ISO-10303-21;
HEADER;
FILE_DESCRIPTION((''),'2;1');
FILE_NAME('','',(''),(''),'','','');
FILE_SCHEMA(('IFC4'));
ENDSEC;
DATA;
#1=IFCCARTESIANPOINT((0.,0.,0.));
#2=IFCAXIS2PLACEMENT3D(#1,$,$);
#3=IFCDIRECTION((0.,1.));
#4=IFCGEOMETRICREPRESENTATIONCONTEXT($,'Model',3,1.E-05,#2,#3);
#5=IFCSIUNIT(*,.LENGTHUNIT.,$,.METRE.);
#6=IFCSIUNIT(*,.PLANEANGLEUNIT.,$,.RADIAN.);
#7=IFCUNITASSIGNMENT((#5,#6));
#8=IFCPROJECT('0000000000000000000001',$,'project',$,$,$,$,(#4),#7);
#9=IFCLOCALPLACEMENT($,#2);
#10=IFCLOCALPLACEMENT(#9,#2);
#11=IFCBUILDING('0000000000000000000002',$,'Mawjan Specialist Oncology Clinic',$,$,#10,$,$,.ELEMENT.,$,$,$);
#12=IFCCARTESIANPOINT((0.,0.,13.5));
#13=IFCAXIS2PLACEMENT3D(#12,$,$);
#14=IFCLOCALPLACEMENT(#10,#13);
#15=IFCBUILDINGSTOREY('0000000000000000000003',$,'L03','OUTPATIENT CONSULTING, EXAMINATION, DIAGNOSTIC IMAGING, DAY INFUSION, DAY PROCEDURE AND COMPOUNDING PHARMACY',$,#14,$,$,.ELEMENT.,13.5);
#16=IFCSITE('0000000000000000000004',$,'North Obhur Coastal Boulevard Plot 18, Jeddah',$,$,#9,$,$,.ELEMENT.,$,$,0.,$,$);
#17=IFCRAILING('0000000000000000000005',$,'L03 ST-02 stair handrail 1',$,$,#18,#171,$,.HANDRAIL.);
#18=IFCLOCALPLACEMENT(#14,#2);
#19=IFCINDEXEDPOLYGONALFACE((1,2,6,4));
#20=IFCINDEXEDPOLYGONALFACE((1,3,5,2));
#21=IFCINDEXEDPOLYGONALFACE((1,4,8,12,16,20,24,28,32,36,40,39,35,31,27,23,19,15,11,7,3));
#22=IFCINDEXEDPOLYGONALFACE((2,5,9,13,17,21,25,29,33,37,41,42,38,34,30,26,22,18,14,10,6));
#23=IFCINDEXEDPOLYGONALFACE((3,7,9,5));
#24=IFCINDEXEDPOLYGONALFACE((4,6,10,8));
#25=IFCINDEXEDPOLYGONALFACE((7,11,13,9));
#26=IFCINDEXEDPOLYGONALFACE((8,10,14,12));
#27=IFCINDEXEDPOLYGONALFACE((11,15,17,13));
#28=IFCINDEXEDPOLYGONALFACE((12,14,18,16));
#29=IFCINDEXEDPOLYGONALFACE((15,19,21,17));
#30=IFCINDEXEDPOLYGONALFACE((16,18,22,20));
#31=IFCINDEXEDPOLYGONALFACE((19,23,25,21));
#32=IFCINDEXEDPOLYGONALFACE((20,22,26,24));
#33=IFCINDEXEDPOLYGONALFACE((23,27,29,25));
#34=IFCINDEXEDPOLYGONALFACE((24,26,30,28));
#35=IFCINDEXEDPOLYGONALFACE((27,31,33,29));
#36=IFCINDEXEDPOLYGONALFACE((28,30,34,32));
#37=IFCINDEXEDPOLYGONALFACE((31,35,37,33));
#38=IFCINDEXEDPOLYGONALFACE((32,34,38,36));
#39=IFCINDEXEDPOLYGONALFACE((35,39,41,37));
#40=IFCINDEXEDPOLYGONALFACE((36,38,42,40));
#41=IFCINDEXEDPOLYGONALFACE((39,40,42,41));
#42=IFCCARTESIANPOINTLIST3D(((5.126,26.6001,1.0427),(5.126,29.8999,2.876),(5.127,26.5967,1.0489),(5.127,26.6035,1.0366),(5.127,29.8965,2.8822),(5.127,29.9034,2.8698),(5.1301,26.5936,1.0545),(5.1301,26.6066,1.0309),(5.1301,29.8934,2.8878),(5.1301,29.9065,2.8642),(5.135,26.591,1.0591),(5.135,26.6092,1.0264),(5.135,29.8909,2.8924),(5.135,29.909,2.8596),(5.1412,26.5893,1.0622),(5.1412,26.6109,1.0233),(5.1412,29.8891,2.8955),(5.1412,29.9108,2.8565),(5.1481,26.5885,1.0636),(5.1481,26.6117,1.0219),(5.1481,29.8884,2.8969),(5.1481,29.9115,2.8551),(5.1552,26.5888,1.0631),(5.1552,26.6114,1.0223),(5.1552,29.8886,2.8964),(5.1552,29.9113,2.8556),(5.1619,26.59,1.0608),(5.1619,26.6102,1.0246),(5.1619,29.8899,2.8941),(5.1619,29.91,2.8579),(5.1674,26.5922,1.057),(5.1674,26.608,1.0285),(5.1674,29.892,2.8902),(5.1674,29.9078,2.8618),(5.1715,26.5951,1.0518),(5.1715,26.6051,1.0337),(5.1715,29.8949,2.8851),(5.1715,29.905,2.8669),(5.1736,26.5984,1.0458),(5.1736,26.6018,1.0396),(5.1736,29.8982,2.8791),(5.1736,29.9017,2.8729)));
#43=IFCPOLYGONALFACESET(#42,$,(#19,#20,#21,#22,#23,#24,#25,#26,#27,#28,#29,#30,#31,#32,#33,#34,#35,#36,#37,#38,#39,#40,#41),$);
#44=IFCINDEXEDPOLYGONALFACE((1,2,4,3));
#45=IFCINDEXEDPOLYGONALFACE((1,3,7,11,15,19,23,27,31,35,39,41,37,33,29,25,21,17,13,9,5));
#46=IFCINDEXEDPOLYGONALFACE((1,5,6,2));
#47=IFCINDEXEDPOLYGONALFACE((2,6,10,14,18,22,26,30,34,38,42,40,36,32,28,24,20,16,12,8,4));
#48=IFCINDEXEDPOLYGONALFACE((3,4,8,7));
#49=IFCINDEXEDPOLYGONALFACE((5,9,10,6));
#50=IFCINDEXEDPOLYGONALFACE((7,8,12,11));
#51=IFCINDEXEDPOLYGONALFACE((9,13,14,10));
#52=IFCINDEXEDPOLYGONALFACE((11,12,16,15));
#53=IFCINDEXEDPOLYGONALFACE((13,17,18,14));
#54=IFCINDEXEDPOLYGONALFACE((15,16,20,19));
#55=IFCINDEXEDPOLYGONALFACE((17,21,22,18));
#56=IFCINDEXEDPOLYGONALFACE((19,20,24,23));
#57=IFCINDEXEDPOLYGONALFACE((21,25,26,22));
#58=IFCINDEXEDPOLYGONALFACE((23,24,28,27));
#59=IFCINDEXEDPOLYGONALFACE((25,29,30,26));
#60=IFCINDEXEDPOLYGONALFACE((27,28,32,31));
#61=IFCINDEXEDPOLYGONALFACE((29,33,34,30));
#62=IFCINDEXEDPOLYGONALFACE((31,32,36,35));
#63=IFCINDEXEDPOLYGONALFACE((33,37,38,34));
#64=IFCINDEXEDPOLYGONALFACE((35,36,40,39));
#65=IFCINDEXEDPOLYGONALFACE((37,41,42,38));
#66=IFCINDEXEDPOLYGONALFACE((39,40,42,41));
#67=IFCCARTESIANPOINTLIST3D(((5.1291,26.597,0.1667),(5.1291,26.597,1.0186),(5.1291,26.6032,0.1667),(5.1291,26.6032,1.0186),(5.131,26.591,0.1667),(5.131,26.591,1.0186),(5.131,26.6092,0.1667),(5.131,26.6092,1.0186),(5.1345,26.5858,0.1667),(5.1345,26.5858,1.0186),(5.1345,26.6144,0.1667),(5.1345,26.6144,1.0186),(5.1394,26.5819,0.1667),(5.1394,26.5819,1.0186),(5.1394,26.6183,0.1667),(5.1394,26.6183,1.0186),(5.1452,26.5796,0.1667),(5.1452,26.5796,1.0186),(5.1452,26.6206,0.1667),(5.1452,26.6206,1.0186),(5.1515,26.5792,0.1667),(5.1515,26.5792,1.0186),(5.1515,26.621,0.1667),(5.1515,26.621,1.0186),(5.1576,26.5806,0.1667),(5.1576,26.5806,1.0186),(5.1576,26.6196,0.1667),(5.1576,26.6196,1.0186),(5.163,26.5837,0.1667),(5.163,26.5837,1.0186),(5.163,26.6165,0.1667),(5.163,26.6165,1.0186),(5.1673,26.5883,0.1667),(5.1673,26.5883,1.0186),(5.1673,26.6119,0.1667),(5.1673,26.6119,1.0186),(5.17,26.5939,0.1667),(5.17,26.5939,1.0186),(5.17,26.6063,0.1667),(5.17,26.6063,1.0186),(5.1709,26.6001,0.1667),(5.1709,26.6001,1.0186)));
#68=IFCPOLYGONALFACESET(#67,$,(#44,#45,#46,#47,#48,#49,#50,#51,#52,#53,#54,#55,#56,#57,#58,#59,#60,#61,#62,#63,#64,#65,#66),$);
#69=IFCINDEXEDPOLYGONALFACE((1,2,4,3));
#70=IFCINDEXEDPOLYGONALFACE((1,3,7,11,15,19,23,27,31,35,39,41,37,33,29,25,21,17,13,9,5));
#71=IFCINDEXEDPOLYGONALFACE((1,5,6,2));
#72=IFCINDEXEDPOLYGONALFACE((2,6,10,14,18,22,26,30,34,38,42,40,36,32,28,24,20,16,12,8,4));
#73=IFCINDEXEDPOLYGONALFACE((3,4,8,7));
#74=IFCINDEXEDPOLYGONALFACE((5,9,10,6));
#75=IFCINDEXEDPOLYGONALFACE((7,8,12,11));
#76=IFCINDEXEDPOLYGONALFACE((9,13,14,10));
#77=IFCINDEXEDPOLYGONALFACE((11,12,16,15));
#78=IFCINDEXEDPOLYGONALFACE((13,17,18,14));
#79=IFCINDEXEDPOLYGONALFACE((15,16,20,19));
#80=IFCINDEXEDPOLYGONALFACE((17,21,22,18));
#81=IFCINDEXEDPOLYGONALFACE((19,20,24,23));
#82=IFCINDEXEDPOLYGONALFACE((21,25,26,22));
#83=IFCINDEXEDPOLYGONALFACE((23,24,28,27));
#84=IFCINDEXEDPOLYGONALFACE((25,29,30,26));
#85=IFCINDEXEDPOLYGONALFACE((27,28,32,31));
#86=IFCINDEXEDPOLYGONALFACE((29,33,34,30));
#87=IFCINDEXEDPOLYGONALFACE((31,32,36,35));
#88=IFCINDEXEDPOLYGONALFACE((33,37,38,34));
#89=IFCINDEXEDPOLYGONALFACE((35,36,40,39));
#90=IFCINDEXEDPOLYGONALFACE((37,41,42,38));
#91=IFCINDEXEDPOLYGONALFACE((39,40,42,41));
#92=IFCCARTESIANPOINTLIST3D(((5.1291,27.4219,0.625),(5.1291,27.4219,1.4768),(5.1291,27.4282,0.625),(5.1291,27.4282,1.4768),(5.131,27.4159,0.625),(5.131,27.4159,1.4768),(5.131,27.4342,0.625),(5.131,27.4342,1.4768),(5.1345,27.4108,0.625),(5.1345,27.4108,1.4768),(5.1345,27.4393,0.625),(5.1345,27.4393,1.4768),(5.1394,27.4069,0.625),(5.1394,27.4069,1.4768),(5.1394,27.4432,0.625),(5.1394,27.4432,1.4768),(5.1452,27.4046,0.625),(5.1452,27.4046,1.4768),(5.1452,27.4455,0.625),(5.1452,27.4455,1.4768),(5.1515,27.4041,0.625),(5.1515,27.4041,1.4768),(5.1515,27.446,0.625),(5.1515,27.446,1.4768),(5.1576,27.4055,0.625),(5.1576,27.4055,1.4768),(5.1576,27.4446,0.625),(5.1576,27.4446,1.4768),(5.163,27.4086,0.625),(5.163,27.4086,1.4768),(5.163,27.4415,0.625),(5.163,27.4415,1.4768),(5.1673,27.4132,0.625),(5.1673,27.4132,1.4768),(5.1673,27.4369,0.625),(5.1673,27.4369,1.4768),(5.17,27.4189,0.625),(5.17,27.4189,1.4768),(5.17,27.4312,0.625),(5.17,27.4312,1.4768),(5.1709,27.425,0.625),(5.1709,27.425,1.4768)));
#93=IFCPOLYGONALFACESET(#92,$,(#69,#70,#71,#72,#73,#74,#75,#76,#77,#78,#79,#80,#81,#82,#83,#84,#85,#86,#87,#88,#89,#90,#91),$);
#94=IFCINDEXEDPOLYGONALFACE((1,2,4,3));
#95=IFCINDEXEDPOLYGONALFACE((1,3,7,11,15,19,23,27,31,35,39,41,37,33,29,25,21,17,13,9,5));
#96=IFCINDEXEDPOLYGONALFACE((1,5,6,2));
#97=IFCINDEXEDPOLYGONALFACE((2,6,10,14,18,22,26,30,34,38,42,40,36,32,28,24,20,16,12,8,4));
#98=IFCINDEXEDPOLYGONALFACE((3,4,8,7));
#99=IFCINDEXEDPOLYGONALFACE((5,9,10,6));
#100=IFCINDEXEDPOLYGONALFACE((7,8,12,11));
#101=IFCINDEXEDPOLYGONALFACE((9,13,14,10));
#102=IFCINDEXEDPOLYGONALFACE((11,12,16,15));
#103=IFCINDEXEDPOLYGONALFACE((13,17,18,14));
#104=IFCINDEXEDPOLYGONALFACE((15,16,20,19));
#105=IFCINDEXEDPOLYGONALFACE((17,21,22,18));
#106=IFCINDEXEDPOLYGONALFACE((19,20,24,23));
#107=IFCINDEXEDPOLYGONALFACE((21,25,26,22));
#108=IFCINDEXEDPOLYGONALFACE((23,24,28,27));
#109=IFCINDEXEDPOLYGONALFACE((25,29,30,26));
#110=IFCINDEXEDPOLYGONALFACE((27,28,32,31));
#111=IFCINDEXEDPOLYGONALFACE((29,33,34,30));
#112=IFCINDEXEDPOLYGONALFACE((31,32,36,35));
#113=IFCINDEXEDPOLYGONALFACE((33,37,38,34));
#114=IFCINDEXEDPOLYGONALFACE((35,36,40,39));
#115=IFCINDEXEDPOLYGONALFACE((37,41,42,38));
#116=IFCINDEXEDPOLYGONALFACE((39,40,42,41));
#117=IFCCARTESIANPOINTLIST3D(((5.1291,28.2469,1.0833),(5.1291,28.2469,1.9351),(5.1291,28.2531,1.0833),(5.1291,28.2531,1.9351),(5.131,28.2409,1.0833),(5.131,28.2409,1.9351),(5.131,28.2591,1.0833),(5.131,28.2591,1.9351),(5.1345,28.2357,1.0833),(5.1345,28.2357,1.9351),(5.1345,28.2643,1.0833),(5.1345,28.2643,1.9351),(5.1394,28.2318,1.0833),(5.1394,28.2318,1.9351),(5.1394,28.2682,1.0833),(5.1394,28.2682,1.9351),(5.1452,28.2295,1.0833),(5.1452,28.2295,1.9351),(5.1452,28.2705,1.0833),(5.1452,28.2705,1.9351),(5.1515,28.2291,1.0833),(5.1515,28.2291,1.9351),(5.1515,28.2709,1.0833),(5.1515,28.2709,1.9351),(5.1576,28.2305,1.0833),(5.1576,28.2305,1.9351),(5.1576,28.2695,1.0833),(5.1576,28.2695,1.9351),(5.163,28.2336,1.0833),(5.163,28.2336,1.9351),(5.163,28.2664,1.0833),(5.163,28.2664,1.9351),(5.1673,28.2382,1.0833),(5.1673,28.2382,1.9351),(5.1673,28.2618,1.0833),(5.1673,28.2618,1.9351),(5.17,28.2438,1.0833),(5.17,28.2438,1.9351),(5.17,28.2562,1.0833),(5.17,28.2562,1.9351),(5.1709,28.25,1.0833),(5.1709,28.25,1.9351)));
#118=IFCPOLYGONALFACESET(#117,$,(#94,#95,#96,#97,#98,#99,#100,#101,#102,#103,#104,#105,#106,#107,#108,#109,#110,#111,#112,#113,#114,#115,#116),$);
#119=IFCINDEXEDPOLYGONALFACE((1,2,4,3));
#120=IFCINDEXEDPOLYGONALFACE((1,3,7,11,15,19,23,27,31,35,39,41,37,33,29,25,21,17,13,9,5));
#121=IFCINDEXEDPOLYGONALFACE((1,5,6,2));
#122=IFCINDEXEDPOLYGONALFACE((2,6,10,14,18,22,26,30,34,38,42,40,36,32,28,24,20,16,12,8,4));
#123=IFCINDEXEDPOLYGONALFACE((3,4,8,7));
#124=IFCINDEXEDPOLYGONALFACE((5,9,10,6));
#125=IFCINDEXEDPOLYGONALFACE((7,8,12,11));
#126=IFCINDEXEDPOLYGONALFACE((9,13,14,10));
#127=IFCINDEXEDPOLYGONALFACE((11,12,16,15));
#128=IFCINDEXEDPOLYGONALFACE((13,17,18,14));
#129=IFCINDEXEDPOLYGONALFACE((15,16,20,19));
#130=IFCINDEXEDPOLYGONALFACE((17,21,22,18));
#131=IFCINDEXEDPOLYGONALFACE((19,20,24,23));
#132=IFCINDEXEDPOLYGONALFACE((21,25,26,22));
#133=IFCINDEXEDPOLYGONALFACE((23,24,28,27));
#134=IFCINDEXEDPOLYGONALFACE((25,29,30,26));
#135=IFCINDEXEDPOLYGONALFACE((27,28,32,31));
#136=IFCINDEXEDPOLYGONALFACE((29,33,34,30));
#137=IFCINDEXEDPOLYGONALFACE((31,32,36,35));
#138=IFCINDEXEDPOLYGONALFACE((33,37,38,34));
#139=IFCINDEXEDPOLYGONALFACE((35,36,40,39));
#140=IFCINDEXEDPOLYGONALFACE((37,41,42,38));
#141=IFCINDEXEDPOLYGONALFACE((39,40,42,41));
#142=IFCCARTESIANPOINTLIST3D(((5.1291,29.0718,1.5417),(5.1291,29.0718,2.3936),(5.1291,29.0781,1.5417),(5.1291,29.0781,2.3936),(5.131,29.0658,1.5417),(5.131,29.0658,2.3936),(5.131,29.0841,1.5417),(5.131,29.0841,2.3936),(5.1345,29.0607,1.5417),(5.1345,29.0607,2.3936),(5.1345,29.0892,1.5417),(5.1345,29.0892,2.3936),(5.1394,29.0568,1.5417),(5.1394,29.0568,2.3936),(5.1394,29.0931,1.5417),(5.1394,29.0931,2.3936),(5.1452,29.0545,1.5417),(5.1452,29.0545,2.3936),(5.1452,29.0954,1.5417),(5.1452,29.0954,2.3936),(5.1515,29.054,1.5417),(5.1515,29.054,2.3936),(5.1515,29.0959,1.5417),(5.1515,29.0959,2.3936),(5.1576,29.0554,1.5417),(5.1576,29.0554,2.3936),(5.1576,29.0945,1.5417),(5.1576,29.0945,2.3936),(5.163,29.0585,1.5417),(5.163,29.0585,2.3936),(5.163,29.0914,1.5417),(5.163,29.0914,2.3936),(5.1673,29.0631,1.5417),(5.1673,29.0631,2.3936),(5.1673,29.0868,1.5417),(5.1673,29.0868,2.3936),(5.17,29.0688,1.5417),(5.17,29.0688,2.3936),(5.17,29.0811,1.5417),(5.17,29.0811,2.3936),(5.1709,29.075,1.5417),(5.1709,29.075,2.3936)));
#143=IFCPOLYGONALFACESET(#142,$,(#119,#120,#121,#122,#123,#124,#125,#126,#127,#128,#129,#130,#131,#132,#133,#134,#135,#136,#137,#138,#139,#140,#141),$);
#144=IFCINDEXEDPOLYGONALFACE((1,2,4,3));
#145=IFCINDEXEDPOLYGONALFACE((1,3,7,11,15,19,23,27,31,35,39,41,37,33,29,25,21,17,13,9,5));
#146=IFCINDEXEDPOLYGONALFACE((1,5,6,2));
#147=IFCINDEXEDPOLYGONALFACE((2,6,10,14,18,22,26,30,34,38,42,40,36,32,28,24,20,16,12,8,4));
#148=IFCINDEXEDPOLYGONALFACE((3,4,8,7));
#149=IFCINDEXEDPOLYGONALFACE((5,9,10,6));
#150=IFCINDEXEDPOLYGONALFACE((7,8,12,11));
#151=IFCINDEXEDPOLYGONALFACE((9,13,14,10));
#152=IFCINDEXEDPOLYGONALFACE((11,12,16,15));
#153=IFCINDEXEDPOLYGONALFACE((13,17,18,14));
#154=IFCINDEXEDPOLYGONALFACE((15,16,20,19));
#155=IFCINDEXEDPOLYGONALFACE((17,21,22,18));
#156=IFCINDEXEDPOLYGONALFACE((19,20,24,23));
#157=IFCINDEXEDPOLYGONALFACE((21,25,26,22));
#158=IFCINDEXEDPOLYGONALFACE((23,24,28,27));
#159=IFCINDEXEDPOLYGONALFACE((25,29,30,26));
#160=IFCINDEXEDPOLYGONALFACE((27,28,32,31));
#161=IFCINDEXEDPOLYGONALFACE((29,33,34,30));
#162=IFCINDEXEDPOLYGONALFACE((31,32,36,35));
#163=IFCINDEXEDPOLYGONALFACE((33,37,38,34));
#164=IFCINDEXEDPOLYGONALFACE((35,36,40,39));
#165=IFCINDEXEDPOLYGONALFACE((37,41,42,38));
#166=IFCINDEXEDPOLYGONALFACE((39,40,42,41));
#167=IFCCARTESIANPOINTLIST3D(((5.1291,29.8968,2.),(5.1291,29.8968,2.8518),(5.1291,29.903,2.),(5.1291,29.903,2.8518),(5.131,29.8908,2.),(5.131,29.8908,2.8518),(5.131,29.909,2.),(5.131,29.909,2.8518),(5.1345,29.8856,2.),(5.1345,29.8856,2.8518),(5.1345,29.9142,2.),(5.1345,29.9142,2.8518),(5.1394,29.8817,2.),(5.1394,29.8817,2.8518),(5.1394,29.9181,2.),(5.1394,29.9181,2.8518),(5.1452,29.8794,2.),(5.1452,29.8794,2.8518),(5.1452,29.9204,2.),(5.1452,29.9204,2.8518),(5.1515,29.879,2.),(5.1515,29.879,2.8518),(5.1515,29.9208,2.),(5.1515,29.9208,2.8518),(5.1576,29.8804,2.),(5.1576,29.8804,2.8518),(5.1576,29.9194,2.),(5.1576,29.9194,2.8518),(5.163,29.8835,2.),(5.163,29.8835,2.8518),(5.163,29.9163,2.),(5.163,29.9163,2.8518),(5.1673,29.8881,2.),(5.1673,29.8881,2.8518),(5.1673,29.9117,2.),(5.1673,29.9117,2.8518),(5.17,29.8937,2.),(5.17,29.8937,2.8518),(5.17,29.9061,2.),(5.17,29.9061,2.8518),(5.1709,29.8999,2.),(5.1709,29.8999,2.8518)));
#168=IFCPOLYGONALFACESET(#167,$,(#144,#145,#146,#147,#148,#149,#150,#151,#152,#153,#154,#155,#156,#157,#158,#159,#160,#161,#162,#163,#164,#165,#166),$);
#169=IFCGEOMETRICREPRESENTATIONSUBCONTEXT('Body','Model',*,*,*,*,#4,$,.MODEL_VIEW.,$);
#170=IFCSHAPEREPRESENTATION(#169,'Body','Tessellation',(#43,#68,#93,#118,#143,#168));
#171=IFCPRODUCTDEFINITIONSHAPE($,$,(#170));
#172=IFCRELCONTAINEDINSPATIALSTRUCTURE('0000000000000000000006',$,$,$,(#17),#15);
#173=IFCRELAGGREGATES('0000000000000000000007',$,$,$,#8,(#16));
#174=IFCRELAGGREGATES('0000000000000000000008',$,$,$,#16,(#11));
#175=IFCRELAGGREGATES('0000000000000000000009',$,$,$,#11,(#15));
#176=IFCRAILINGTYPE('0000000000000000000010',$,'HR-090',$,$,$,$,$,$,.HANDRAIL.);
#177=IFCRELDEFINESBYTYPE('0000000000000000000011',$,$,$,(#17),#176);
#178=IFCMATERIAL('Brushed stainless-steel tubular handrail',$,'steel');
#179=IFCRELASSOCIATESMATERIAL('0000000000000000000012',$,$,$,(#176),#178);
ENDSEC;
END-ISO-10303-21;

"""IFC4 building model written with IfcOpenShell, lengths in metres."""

from ifc_helpers import new_model, si_unit, direction, frame, origin, origin_2d, place, context, subcontext, project, spatial, circle, extrude, material, type_object, element, save


model = new_model("IFC4")

# Units and contexts
model_context = context("Model", 3, precision=1e-05, world=origin(), true_north=direction((0.0, 1.0)))
body_context = subcontext(model_context, "Body", "Model", "MODEL_VIEW")
ifc_project = project(units=[si_unit("LENGTHUNIT", "METRE"), si_unit("PLANEANGLEUNIT", "RADIAN")], contexts=[model_context])

# Site, building, storey
site_placement = place(None, origin())
site = spatial("IfcSite", under=ifc_project, at=site_placement, Name="North Obhur Coastal Boulevard Plot 18, Jeddah", CompositionType="ELEMENT", RefElevation=0.0)
building_placement = place(site_placement, origin())
building = spatial("IfcBuilding", under=site, at=building_placement, Name="Mawjan Specialist Oncology Clinic", CompositionType="ELEMENT")
storey_placement = place(building_placement, frame((0.0, 0.0, 13.5)))
storey = spatial("IfcBuildingStorey", under=building, at=storey_placement, Name="L03", Description="OUTPATIENT CONSULTING, EXAMINATION, DIAGNOSTIC IMAGING, DAY INFUSION, DAY PROCEDURE AND COMPOUNDING PHARMACY", CompositionType="ELEMENT", Elevation=13.5)

# Railing
ifc_material_1 = material(Name="Brushed stainless-steel tubular handrail", Category="steel")
railing_type_1 = type_object("IfcRailingType", Name="HR-090", PredefinedType="HANDRAIL", material=ifc_material_1)
railing_1_placement = place(storey_placement, frame((5.1499, 26.6001, 0.1667)))
element("IfcRailing", 1, at=railing_1_placement, inside=storey, type_object=railing_type_1, Name="L03 ST-02 stair handrail 1", PredefinedType="HANDRAIL", context=body_context, shape_type="SweptSolid", body=[
    extrude(circle(Radius=0.0239, at=origin_2d()), frame((0.0, 0.0, 0.876), z_axis=(0.0, 0.874154, 0.485648), x_axis=(-1.0, 0.0, 0.0)), (0.0, 0.0, 1.0), 3.7749),
    extrude(circle(Radius=0.021, at=origin_2d()), origin(), (0.0, 0.0, 1.0), 0.8518),
    extrude(circle(Radius=0.021, at=origin_2d()), frame((0.0, 0.825, 0.4583)), (0.0, 0.0, 1.0), 0.8518),
    extrude(circle(Radius=0.021, at=origin_2d()), frame((0.0, 1.6499, 0.9165)), (0.0, 0.0, 1.0), 0.8518),
    extrude(circle(Radius=0.021, at=origin_2d()), frame((0.0, 2.4749, 1.375)), (0.0, 0.0, 1.0), 0.8518),
    extrude(circle(Radius=0.021, at=origin_2d()), frame((0.0, 3.2998, 1.8333)), (0.0, 0.0, 1.0), 0.8518),
])

save(model, "model.ifc")
